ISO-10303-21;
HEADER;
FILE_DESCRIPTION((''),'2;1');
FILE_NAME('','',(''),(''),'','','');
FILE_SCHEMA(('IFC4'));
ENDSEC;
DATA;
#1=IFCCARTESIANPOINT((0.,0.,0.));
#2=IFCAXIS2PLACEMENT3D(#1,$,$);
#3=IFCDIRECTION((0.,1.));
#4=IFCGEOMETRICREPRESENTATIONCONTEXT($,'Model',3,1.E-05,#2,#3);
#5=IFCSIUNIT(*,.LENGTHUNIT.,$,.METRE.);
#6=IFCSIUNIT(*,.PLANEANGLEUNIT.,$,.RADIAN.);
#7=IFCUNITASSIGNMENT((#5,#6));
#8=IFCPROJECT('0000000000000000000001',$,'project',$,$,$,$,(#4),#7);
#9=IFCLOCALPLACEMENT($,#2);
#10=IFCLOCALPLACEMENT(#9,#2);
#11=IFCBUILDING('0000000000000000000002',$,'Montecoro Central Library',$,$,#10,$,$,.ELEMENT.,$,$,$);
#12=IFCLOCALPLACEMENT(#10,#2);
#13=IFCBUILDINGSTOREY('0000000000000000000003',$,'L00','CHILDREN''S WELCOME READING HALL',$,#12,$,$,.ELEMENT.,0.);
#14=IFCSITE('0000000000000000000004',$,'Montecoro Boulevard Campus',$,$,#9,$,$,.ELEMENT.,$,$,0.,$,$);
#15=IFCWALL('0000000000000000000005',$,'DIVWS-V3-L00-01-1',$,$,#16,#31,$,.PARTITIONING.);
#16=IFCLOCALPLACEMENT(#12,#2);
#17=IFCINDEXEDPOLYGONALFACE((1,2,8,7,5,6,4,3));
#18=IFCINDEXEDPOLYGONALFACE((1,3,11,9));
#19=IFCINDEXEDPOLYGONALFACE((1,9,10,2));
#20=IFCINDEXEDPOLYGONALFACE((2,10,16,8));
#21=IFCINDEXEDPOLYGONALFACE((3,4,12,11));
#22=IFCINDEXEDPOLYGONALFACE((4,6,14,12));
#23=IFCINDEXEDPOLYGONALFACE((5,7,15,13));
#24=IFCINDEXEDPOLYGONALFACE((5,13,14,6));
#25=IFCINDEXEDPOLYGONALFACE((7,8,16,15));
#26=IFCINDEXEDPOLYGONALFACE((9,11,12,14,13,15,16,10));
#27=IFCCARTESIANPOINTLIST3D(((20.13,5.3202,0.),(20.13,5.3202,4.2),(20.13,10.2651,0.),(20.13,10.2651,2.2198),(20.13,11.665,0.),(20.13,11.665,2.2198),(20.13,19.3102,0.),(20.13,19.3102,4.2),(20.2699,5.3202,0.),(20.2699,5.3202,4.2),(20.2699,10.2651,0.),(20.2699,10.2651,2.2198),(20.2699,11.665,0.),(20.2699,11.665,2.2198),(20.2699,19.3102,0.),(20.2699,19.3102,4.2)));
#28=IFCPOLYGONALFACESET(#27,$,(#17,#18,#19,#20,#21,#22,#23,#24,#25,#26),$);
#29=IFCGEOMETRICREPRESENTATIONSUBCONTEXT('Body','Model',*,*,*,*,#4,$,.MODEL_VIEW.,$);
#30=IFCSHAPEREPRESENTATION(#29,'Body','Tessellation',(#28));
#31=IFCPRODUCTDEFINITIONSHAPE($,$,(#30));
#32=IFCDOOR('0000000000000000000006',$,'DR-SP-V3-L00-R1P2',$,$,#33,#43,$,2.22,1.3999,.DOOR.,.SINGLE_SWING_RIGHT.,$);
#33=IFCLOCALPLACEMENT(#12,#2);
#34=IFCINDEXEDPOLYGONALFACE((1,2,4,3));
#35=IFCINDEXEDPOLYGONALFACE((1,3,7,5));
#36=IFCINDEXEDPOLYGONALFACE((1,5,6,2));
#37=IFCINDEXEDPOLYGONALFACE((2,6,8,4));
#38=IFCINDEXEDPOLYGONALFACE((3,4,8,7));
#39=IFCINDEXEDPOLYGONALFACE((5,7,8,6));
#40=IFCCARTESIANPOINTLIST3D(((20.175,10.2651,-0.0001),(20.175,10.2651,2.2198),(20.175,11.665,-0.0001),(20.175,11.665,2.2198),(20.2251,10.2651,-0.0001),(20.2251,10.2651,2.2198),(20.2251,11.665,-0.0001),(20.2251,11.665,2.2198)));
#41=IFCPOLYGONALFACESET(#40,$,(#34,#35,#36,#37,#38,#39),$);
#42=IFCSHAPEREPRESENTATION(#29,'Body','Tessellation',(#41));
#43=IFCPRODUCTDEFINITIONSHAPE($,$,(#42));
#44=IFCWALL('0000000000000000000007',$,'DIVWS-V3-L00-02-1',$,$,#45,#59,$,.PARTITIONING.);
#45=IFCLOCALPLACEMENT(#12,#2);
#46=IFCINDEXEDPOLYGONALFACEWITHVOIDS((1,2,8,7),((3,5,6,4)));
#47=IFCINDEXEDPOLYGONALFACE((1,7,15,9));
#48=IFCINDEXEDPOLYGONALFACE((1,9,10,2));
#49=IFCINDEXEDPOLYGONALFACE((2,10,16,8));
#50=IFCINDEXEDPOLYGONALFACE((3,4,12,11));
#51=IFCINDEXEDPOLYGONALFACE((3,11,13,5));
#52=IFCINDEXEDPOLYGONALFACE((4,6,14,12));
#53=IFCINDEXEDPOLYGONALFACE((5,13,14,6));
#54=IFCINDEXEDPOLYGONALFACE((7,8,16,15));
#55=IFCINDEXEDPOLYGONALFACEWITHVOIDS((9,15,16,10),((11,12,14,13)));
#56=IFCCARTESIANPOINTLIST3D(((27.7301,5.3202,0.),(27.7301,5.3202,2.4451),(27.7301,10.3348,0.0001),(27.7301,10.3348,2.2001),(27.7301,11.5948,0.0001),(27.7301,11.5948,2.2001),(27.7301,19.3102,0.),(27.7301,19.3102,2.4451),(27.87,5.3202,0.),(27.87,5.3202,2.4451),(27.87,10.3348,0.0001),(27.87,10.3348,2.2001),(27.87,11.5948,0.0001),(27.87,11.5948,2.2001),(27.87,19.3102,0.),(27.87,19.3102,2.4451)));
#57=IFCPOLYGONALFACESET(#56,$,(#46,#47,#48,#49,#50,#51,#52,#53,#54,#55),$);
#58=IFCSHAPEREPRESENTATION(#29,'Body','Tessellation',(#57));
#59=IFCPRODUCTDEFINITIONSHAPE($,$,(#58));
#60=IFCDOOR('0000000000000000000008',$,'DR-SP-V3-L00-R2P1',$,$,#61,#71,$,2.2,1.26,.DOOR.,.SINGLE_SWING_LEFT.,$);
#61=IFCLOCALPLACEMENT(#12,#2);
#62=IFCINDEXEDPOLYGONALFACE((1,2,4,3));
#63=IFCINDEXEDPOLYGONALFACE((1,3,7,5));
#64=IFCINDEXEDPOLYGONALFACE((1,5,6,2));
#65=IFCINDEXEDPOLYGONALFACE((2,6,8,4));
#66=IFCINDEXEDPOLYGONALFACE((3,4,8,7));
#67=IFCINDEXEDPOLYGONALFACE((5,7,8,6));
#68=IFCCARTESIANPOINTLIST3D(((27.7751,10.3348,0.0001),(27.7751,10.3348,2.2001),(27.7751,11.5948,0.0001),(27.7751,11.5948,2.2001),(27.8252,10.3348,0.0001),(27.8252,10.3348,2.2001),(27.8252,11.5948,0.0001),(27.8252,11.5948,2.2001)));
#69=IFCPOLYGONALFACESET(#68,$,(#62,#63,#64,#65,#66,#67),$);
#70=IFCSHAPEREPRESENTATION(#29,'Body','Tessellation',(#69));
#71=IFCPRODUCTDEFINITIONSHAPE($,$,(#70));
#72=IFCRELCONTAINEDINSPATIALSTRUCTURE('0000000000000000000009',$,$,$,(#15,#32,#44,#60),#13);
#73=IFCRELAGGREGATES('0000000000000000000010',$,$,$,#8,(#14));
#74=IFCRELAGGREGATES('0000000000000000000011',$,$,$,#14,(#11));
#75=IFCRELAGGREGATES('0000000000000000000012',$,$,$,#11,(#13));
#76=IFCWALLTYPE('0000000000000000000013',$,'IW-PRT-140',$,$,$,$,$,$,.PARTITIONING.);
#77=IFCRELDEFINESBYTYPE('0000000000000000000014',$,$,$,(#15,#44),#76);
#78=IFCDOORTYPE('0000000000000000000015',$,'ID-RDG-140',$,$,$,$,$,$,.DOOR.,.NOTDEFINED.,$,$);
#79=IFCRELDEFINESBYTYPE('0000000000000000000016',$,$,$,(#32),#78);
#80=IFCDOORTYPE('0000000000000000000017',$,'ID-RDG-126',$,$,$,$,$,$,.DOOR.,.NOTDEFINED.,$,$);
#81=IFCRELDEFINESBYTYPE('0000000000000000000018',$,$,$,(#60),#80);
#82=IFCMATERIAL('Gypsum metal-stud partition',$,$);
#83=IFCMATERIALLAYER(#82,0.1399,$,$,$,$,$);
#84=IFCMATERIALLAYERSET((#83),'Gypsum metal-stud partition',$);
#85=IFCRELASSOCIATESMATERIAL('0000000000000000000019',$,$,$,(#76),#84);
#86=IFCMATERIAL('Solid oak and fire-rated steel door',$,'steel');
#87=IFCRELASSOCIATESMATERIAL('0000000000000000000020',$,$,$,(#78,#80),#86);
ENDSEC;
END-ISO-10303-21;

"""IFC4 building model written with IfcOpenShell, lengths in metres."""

from ifc_helpers import new_model, si_unit, direction, frame, frame_2d, origin, place, context, subcontext, project, spatial, rectangle, extrude, material, layer, layer_set, type_object, element, fill, save


model = new_model("IFC4")

# Units and contexts
model_context = context("Model", 3, precision=1e-05, world=origin(), true_north=direction((0.0, 1.0)))
body_context = subcontext(model_context, "Body", "Model", "MODEL_VIEW")
ifc_project = project(units=[si_unit("LENGTHUNIT", "METRE"), si_unit("PLANEANGLEUNIT", "RADIAN")], contexts=[model_context])

# Site, building, storey
site_placement = place(None, origin())
site = spatial("IfcSite", under=ifc_project, at=site_placement, Name="Montecoro Boulevard Campus", CompositionType="ELEMENT", RefElevation=0.0)
building_placement = place(site_placement, origin())
building = spatial("IfcBuilding", under=site, at=building_placement, Name="Montecoro Central Library", CompositionType="ELEMENT")
storey_placement = place(building_placement, origin())
storey = spatial("IfcBuildingStorey", under=building, at=storey_placement, Name="L00", Description="CHILDREN'S WELCOME READING HALL", CompositionType="ELEMENT", Elevation=0.0)

# Walls, openings, doors
ifc_material_1 = material(Name="Gypsum metal-stud partition")
ifc_layer_1 = layer(ifc_material_1, 0.1399)
ifc_layer_set_1 = layer_set([ifc_layer_1], Name="Gypsum metal-stud partition")
wall_type_1 = type_object("IfcWallType", Name="IW-PRT-140", PredefinedType="PARTITIONING", material=ifc_layer_set_1)
wall_1_placement = place(storey_placement, frame((20.2, 5.3201, 0.0), z_axis=(0.0, 0.0, 1.0), x_axis=(0.0, 1.0, 0.0)))
wall_1 = element("IfcWall", 1, at=wall_1_placement, inside=storey, type_object=wall_type_1, Name="DIVWS-V3-L00-01-1", PredefinedType="PARTITIONING", context=body_context, shape_type="SweptSolid", body=[
    extrude(rectangle(XDim=13.99, YDim=0.1399, at=frame_2d((6.9951, 0.0))), origin(), (0.0, 0.0, 1.0), 4.2),
])
opening_1_placement = place(wall_1_placement, frame((4.9451, 0.0, 0.0)))
opening_1 = element("IfcOpeningElement", 2, at=opening_1_placement, cuts=wall_1, PredefinedType="OPENING", context=body_context, shape_type="SweptSolid", body=[
    extrude(rectangle(XDim=1.3999, YDim=2.22, at=frame_2d((0.7, 1.1099))), frame((0.0, 0.0798, 0.0), z_axis=(0.0, -1.0, 0.0), x_axis=(1.0, 0.0, 0.0)), (0.0, 0.0, 1.0), 0.1599),
])
ifc_material_2 = material(Name="Solid oak and fire-rated steel door", Category="steel")
door_type_1 = type_object("IfcDoorType", Name="ID-RDG-140", OperationType="NOTDEFINED", PredefinedType="DOOR", material=ifc_material_2)
door_1_placement = place(opening_1_placement, origin())
door_1 = element("IfcDoor", 3, at=door_1_placement, inside=storey, type_object=door_type_1, Name="DR-SP-V3-L00-R1P2", OperationType="SINGLE_SWING_RIGHT", OverallHeight=2.22, OverallWidth=1.3999, PredefinedType="DOOR", context=body_context, shape_type="SweptSolid", body=[
    extrude(rectangle(XDim=1.3999, YDim=2.22, at=frame_2d((0.7, 1.1099))), frame((0.0, 0.0249, 0.0), z_axis=(0.0, -1.0, 0.0), x_axis=(1.0, 0.0, 0.0)), (0.0, 0.0, 1.0), 0.05),
])
fill(opening_1, door_1)
wall_2_placement = place(storey_placement, frame((27.8, 5.3201, 0.0), z_axis=(0.0, 0.0, 1.0), x_axis=(0.0, 1.0, 0.0)))
wall_2 = element("IfcWall", 4, at=wall_2_placement, inside=storey, type_object=wall_type_1, Name="DIVWS-V3-L00-02-1", PredefinedType="PARTITIONING", context=body_context, shape_type="SweptSolid", body=[
    extrude(rectangle(XDim=13.99, YDim=0.1399, at=frame_2d((6.9951, 0.0))), origin(), (0.0, 0.0, 1.0), 2.4451),
])
opening_2_placement = place(wall_2_placement, frame((5.0149, 0.0, 0.0)))
opening_2 = element("IfcOpeningElement", 5, at=opening_2_placement, cuts=wall_2, PredefinedType="OPENING", context=body_context, shape_type="SweptSolid", body=[
    extrude(rectangle(XDim=1.26, YDim=2.2, at=frame_2d((0.6299, 1.1001))), frame((0.0, 0.0798, 0.0), z_axis=(0.0, -1.0, 0.0), x_axis=(1.0, 0.0, 0.0)), (0.0, 0.0, 1.0), 0.1599),
])
door_type_2 = type_object("IfcDoorType", Name="ID-RDG-126", OperationType="NOTDEFINED", PredefinedType="DOOR", material=ifc_material_2)
door_2_placement = place(opening_2_placement, origin())
door_2 = element("IfcDoor", 6, at=door_2_placement, inside=storey, type_object=door_type_2, Name="DR-SP-V3-L00-R2P1", OperationType="SINGLE_SWING_LEFT", OverallHeight=2.2, OverallWidth=1.26, PredefinedType="DOOR", context=body_context, shape_type="SweptSolid", body=[
    extrude(rectangle(XDim=1.26, YDim=2.2, at=frame_2d((0.6299, 1.1001))), frame((0.0, 0.0249, 0.0), z_axis=(0.0, -1.0, 0.0), x_axis=(1.0, 0.0, 0.0)), (0.0, 0.0, 1.0), 0.05),
])
fill(opening_2, door_2)

save(model, "model.ifc")
